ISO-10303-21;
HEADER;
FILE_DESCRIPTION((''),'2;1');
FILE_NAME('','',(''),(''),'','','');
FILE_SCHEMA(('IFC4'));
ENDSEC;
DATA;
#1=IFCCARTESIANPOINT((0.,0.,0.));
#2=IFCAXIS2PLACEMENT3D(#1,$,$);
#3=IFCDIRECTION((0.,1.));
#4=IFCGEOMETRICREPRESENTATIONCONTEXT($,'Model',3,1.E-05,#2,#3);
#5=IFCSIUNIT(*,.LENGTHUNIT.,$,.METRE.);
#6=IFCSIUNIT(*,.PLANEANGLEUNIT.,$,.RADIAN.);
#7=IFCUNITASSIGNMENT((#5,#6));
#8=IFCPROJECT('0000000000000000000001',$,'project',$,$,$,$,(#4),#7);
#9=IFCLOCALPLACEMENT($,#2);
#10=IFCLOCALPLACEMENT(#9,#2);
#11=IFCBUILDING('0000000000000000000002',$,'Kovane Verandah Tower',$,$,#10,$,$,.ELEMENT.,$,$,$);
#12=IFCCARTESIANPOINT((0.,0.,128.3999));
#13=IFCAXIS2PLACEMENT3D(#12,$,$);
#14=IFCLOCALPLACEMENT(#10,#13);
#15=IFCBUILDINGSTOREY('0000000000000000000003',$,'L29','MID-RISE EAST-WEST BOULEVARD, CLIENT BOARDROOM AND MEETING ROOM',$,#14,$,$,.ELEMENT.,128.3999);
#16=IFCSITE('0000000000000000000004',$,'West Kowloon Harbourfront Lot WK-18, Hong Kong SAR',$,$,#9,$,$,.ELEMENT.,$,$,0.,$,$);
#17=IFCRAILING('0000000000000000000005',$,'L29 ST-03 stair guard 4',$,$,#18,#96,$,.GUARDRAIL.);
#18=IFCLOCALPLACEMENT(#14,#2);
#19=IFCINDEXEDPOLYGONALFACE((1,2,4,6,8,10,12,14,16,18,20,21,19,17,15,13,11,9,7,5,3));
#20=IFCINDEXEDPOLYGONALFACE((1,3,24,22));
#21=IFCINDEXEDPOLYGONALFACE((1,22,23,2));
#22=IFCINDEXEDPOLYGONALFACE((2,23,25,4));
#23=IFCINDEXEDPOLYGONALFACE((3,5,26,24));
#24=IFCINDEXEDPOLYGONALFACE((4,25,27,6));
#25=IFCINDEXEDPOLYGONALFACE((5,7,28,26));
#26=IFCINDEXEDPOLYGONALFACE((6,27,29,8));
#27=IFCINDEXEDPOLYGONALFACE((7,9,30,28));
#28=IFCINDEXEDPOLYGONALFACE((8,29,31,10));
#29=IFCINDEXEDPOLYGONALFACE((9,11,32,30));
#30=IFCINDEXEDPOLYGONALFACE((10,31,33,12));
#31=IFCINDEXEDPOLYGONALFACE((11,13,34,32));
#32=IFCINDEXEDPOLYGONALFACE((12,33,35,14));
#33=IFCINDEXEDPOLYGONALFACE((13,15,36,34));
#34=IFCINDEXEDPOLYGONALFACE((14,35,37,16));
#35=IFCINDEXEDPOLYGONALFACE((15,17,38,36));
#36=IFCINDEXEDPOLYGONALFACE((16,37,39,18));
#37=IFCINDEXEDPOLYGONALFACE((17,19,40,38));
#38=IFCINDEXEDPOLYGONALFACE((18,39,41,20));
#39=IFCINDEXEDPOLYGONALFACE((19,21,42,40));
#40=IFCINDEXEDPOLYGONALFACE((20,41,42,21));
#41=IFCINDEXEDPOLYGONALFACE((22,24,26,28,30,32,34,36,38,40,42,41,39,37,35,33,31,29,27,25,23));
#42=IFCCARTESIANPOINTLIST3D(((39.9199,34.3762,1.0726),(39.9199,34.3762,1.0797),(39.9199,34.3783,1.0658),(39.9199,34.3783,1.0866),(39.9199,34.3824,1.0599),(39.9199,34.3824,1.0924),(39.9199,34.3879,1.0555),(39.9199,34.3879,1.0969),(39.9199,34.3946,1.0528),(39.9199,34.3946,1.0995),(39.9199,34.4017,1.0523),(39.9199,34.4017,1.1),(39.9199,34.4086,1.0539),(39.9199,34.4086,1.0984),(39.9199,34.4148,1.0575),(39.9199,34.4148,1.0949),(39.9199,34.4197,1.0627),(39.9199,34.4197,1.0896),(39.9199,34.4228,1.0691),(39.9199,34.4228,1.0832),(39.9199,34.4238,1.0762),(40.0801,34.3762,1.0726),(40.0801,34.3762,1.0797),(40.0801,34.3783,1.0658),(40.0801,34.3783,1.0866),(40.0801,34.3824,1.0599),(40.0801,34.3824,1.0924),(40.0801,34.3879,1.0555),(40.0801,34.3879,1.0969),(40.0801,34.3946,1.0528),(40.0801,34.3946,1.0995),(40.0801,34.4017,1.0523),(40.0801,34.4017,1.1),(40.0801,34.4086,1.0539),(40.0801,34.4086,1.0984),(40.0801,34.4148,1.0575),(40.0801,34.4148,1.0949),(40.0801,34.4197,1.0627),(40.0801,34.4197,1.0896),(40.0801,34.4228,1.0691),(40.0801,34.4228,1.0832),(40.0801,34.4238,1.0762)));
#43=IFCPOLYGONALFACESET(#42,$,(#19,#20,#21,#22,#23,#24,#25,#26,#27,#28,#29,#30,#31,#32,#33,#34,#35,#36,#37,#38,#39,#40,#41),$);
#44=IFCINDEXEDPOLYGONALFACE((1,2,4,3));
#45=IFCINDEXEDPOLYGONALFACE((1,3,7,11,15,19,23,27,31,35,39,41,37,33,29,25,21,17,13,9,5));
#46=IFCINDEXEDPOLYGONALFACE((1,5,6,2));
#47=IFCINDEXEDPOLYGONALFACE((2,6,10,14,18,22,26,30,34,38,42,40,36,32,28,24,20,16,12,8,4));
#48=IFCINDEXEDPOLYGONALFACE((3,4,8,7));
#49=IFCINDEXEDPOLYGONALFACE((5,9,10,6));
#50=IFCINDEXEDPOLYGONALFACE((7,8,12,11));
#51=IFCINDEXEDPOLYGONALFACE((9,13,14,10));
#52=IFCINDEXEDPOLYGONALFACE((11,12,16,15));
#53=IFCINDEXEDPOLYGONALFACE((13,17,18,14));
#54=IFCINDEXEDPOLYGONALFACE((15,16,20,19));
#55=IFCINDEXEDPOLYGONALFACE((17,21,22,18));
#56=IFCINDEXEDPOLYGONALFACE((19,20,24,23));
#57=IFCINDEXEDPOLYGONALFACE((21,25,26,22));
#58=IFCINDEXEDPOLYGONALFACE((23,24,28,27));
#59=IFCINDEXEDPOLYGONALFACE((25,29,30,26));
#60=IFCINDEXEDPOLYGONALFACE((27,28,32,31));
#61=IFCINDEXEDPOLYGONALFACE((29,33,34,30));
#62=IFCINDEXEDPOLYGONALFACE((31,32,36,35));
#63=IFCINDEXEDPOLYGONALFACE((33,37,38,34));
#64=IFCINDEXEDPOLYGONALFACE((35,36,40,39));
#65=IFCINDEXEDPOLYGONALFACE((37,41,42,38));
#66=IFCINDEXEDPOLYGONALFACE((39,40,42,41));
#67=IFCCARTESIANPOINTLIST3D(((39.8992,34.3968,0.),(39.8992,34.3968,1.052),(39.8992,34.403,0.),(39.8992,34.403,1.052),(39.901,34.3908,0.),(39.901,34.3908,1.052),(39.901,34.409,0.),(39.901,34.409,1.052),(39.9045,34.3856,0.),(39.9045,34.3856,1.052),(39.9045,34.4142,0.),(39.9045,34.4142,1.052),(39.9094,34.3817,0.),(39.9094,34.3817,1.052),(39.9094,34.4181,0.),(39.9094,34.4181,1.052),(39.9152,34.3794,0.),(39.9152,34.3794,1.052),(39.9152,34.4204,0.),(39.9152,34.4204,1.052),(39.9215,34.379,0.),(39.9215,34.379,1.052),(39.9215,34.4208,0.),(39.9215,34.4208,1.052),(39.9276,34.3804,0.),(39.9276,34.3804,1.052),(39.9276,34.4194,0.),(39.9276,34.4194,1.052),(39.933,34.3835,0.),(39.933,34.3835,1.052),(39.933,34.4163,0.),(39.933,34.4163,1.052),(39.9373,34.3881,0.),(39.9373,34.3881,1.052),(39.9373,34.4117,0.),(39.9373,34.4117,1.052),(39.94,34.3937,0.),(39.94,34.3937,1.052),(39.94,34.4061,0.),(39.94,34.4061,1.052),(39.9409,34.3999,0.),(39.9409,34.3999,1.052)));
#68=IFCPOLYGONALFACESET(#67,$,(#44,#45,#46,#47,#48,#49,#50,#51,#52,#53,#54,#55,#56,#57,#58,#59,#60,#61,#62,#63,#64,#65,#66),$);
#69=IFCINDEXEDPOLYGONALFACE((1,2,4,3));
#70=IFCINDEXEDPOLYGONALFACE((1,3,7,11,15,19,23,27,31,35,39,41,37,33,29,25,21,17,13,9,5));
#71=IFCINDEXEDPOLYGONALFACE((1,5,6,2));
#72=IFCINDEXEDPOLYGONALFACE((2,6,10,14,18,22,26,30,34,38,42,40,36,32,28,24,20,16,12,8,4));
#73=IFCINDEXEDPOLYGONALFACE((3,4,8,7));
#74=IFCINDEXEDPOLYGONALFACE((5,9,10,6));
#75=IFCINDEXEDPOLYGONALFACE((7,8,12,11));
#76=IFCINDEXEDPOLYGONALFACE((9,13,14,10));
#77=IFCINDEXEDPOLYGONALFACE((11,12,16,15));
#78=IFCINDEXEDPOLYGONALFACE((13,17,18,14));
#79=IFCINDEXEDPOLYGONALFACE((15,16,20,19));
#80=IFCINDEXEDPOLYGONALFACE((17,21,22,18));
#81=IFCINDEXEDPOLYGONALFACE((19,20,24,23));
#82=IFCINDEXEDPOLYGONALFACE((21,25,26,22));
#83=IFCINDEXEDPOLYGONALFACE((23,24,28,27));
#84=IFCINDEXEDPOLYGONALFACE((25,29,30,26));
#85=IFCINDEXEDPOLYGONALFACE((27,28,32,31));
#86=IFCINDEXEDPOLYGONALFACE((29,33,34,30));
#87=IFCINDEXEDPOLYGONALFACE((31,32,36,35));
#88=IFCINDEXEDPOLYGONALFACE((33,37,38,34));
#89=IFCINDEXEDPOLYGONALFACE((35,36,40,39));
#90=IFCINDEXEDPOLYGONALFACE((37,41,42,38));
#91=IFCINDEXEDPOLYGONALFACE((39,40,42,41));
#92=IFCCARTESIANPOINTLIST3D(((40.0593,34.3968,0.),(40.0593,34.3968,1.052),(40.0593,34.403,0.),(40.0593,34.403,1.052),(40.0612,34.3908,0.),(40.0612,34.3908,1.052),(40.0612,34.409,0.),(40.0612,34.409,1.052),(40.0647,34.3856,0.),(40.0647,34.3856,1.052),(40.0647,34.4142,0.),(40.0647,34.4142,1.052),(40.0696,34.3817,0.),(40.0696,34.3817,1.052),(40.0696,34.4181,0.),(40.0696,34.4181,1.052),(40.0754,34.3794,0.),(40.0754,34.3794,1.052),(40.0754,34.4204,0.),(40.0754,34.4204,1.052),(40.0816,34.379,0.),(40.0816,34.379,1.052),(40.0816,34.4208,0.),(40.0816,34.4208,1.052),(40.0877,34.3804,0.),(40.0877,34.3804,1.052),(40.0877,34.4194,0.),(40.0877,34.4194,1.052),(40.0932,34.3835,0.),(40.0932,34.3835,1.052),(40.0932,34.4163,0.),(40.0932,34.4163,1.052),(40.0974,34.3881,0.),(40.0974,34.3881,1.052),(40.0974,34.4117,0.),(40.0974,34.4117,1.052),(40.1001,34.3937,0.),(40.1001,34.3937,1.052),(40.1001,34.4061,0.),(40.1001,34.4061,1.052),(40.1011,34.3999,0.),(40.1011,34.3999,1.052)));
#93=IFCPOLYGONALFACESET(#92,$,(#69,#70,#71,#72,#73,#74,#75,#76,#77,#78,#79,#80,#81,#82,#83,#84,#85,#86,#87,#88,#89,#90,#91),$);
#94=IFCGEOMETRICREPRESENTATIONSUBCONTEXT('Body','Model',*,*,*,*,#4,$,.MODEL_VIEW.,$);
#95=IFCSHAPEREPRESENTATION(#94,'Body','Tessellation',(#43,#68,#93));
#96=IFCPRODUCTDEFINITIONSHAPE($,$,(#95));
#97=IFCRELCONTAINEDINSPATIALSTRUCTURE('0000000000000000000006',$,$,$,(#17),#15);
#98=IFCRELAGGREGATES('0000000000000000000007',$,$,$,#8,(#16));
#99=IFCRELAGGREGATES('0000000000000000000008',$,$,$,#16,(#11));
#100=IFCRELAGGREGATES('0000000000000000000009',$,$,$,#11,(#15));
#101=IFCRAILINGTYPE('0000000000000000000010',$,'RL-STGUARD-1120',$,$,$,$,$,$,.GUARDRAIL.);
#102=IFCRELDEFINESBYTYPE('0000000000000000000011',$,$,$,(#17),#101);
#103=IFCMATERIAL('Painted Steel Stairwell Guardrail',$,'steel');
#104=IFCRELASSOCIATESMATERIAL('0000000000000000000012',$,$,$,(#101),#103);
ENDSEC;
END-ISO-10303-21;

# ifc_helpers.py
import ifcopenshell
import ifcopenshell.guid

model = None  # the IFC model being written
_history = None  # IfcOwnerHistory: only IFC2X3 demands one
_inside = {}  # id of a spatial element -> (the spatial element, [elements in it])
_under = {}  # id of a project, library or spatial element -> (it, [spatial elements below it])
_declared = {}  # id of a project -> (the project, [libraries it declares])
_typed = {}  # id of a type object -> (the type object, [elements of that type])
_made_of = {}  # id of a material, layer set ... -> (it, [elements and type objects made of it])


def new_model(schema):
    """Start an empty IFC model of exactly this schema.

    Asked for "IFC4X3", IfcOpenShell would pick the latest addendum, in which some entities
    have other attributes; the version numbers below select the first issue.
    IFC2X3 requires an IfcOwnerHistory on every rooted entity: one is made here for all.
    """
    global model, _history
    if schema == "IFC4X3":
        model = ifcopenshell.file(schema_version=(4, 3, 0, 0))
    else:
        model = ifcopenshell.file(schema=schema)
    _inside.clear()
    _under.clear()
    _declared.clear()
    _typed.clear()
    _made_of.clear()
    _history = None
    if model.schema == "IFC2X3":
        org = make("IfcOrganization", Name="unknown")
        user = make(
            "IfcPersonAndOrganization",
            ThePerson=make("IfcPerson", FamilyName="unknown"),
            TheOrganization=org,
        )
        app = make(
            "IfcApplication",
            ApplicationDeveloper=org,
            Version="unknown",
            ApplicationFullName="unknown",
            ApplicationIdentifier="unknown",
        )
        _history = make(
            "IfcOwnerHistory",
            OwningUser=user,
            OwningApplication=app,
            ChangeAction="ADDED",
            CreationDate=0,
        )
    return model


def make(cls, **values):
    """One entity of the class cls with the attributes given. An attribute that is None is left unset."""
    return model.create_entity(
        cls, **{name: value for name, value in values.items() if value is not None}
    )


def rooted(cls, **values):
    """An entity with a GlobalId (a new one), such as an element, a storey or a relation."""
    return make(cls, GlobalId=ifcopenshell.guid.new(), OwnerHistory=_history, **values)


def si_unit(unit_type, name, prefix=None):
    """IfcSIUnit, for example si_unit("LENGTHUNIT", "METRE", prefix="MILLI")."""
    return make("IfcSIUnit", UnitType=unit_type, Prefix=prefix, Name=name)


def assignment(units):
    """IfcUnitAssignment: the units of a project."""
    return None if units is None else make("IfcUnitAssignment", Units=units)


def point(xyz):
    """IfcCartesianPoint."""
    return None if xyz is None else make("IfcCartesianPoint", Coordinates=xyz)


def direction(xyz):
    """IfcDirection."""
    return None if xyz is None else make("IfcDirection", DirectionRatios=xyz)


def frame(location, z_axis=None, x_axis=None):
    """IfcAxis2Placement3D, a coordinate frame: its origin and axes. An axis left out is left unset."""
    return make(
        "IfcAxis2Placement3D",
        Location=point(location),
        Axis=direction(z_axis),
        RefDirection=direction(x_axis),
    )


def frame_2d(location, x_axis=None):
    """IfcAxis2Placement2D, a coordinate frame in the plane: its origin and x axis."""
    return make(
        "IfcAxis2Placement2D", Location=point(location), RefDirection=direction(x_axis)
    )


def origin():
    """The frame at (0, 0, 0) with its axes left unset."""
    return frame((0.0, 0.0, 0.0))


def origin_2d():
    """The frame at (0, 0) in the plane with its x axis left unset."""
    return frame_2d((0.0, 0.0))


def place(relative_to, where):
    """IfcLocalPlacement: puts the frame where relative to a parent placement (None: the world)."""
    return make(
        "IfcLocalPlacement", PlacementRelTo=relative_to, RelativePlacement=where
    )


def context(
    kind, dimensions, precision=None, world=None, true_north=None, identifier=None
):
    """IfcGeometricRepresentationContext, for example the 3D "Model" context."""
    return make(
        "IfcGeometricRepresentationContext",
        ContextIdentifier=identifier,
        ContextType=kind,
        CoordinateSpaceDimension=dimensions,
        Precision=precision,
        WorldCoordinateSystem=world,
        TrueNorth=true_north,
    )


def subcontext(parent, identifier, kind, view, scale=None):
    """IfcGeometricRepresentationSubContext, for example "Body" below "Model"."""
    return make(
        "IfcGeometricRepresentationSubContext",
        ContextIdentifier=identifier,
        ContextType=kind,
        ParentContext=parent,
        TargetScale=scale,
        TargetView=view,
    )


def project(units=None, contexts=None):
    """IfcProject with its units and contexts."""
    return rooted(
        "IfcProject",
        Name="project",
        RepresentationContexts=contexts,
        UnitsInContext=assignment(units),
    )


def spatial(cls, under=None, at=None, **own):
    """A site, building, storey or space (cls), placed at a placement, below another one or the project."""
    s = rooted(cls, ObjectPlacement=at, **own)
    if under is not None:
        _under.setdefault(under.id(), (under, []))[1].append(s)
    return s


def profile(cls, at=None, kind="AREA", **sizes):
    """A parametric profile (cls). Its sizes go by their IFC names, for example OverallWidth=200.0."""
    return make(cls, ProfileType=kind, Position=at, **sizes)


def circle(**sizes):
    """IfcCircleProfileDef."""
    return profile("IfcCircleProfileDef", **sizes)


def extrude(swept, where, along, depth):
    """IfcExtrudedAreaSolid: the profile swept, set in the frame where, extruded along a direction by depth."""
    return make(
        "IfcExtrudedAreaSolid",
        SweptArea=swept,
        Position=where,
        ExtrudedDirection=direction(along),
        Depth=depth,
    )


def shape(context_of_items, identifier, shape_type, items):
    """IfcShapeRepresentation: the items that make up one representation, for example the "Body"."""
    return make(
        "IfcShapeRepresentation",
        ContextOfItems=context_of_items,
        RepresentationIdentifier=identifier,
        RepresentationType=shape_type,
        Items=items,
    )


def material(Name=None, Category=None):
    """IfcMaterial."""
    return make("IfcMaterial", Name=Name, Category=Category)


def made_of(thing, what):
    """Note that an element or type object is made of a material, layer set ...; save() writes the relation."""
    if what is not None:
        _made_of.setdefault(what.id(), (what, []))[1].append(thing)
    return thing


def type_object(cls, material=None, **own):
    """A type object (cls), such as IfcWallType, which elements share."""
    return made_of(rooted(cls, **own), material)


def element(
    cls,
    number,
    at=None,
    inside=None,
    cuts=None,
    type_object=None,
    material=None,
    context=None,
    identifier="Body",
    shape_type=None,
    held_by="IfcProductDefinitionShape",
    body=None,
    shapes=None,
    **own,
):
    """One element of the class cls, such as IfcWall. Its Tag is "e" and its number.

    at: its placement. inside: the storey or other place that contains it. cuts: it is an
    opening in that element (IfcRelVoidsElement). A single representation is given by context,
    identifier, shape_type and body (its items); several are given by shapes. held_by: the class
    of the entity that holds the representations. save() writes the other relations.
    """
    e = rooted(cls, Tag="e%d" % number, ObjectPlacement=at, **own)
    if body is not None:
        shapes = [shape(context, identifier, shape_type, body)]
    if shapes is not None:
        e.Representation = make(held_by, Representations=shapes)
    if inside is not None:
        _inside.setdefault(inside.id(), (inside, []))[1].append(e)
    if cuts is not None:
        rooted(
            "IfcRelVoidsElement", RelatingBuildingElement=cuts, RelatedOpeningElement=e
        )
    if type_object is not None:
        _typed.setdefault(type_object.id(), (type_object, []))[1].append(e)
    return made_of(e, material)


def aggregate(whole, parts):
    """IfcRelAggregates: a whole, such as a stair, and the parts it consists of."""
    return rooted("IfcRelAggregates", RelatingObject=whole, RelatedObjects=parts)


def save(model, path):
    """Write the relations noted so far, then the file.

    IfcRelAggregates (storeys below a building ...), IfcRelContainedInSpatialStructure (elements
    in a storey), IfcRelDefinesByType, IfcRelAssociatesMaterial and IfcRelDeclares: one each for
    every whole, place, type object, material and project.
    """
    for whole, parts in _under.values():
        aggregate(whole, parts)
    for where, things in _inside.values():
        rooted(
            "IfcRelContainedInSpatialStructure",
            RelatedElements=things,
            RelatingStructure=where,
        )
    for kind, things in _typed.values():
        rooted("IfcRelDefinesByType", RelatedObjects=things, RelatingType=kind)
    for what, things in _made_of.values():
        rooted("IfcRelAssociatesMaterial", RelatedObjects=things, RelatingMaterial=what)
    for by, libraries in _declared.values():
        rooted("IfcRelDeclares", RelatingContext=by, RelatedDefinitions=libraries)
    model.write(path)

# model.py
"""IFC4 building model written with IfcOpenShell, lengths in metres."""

from ifc_helpers import new_model, si_unit, direction, frame, origin, origin_2d, place, context, subcontext, project, spatial, circle, extrude, material, type_object, element, save


model = new_model("IFC4")

# Units and contexts
model_context = context("Model", 3, precision=1e-05, world=origin(), true_north=direction((0.0, 1.0)))
body_context = subcontext(model_context, "Body", "Model", "MODEL_VIEW")
ifc_project = project(units=[si_unit("LENGTHUNIT", "METRE"), si_unit("PLANEANGLEUNIT", "RADIAN")], contexts=[model_context])

# Site, building, storey
site_placement = place(None, origin())
site = spatial("IfcSite", under=ifc_project, at=site_placement, Name="West Kowloon Harbourfront Lot WK-18, Hong Kong SAR", CompositionType="ELEMENT", RefElevation=0.0)
building_placement = place(site_placement, origin())
building = spatial("IfcBuilding", under=site, at=building_placement, Name="Kovane Verandah Tower", CompositionType="ELEMENT")
storey_placement = place(building_placement, frame((0.0, 0.0, 128.3999)))
storey = spatial("IfcBuildingStorey", under=building, at=storey_placement, Name="L29", Description="MID-RISE EAST-WEST BOULEVARD, CLIENT BOARDROOM AND MEETING ROOM", CompositionType="ELEMENT", Elevation=128.3999)

# Railing
ifc_material_1 = material(Name="Painted Steel Stairwell Guardrail", Category="steel")
railing_type_1 = type_object("IfcRailingType", Name="RL-STGUARD-1120", PredefinedType="GUARDRAIL", material=ifc_material_1)
railing_1_placement = place(storey_placement, frame((39.9199, 34.3999, 0.0)))
element("IfcRailing", 1, at=railing_1_placement, inside=storey, type_object=railing_type_1, Name="L29 ST-03 stair guard 4", PredefinedType="GUARDRAIL", context=body_context, shape_type="SweptSolid", body=[
    extrude(circle(Radius=0.0239, at=origin_2d()), frame((0.0, 0.0, 1.0762), z_axis=(1.0, 0.0, 0.0), x_axis=(0.0, 1.0, 0.0)), (0.0, 0.0, 1.0), 0.1602),
    extrude(circle(Radius=0.021, at=origin_2d()), origin(), (0.0, 0.0, 1.0), 1.052),
    extrude(circle(Radius=0.021, at=origin_2d()), frame((0.1602, 0.0, 0.0)), (0.0, 0.0, 1.0), 1.052),
])

save(model, "model.ifc")
